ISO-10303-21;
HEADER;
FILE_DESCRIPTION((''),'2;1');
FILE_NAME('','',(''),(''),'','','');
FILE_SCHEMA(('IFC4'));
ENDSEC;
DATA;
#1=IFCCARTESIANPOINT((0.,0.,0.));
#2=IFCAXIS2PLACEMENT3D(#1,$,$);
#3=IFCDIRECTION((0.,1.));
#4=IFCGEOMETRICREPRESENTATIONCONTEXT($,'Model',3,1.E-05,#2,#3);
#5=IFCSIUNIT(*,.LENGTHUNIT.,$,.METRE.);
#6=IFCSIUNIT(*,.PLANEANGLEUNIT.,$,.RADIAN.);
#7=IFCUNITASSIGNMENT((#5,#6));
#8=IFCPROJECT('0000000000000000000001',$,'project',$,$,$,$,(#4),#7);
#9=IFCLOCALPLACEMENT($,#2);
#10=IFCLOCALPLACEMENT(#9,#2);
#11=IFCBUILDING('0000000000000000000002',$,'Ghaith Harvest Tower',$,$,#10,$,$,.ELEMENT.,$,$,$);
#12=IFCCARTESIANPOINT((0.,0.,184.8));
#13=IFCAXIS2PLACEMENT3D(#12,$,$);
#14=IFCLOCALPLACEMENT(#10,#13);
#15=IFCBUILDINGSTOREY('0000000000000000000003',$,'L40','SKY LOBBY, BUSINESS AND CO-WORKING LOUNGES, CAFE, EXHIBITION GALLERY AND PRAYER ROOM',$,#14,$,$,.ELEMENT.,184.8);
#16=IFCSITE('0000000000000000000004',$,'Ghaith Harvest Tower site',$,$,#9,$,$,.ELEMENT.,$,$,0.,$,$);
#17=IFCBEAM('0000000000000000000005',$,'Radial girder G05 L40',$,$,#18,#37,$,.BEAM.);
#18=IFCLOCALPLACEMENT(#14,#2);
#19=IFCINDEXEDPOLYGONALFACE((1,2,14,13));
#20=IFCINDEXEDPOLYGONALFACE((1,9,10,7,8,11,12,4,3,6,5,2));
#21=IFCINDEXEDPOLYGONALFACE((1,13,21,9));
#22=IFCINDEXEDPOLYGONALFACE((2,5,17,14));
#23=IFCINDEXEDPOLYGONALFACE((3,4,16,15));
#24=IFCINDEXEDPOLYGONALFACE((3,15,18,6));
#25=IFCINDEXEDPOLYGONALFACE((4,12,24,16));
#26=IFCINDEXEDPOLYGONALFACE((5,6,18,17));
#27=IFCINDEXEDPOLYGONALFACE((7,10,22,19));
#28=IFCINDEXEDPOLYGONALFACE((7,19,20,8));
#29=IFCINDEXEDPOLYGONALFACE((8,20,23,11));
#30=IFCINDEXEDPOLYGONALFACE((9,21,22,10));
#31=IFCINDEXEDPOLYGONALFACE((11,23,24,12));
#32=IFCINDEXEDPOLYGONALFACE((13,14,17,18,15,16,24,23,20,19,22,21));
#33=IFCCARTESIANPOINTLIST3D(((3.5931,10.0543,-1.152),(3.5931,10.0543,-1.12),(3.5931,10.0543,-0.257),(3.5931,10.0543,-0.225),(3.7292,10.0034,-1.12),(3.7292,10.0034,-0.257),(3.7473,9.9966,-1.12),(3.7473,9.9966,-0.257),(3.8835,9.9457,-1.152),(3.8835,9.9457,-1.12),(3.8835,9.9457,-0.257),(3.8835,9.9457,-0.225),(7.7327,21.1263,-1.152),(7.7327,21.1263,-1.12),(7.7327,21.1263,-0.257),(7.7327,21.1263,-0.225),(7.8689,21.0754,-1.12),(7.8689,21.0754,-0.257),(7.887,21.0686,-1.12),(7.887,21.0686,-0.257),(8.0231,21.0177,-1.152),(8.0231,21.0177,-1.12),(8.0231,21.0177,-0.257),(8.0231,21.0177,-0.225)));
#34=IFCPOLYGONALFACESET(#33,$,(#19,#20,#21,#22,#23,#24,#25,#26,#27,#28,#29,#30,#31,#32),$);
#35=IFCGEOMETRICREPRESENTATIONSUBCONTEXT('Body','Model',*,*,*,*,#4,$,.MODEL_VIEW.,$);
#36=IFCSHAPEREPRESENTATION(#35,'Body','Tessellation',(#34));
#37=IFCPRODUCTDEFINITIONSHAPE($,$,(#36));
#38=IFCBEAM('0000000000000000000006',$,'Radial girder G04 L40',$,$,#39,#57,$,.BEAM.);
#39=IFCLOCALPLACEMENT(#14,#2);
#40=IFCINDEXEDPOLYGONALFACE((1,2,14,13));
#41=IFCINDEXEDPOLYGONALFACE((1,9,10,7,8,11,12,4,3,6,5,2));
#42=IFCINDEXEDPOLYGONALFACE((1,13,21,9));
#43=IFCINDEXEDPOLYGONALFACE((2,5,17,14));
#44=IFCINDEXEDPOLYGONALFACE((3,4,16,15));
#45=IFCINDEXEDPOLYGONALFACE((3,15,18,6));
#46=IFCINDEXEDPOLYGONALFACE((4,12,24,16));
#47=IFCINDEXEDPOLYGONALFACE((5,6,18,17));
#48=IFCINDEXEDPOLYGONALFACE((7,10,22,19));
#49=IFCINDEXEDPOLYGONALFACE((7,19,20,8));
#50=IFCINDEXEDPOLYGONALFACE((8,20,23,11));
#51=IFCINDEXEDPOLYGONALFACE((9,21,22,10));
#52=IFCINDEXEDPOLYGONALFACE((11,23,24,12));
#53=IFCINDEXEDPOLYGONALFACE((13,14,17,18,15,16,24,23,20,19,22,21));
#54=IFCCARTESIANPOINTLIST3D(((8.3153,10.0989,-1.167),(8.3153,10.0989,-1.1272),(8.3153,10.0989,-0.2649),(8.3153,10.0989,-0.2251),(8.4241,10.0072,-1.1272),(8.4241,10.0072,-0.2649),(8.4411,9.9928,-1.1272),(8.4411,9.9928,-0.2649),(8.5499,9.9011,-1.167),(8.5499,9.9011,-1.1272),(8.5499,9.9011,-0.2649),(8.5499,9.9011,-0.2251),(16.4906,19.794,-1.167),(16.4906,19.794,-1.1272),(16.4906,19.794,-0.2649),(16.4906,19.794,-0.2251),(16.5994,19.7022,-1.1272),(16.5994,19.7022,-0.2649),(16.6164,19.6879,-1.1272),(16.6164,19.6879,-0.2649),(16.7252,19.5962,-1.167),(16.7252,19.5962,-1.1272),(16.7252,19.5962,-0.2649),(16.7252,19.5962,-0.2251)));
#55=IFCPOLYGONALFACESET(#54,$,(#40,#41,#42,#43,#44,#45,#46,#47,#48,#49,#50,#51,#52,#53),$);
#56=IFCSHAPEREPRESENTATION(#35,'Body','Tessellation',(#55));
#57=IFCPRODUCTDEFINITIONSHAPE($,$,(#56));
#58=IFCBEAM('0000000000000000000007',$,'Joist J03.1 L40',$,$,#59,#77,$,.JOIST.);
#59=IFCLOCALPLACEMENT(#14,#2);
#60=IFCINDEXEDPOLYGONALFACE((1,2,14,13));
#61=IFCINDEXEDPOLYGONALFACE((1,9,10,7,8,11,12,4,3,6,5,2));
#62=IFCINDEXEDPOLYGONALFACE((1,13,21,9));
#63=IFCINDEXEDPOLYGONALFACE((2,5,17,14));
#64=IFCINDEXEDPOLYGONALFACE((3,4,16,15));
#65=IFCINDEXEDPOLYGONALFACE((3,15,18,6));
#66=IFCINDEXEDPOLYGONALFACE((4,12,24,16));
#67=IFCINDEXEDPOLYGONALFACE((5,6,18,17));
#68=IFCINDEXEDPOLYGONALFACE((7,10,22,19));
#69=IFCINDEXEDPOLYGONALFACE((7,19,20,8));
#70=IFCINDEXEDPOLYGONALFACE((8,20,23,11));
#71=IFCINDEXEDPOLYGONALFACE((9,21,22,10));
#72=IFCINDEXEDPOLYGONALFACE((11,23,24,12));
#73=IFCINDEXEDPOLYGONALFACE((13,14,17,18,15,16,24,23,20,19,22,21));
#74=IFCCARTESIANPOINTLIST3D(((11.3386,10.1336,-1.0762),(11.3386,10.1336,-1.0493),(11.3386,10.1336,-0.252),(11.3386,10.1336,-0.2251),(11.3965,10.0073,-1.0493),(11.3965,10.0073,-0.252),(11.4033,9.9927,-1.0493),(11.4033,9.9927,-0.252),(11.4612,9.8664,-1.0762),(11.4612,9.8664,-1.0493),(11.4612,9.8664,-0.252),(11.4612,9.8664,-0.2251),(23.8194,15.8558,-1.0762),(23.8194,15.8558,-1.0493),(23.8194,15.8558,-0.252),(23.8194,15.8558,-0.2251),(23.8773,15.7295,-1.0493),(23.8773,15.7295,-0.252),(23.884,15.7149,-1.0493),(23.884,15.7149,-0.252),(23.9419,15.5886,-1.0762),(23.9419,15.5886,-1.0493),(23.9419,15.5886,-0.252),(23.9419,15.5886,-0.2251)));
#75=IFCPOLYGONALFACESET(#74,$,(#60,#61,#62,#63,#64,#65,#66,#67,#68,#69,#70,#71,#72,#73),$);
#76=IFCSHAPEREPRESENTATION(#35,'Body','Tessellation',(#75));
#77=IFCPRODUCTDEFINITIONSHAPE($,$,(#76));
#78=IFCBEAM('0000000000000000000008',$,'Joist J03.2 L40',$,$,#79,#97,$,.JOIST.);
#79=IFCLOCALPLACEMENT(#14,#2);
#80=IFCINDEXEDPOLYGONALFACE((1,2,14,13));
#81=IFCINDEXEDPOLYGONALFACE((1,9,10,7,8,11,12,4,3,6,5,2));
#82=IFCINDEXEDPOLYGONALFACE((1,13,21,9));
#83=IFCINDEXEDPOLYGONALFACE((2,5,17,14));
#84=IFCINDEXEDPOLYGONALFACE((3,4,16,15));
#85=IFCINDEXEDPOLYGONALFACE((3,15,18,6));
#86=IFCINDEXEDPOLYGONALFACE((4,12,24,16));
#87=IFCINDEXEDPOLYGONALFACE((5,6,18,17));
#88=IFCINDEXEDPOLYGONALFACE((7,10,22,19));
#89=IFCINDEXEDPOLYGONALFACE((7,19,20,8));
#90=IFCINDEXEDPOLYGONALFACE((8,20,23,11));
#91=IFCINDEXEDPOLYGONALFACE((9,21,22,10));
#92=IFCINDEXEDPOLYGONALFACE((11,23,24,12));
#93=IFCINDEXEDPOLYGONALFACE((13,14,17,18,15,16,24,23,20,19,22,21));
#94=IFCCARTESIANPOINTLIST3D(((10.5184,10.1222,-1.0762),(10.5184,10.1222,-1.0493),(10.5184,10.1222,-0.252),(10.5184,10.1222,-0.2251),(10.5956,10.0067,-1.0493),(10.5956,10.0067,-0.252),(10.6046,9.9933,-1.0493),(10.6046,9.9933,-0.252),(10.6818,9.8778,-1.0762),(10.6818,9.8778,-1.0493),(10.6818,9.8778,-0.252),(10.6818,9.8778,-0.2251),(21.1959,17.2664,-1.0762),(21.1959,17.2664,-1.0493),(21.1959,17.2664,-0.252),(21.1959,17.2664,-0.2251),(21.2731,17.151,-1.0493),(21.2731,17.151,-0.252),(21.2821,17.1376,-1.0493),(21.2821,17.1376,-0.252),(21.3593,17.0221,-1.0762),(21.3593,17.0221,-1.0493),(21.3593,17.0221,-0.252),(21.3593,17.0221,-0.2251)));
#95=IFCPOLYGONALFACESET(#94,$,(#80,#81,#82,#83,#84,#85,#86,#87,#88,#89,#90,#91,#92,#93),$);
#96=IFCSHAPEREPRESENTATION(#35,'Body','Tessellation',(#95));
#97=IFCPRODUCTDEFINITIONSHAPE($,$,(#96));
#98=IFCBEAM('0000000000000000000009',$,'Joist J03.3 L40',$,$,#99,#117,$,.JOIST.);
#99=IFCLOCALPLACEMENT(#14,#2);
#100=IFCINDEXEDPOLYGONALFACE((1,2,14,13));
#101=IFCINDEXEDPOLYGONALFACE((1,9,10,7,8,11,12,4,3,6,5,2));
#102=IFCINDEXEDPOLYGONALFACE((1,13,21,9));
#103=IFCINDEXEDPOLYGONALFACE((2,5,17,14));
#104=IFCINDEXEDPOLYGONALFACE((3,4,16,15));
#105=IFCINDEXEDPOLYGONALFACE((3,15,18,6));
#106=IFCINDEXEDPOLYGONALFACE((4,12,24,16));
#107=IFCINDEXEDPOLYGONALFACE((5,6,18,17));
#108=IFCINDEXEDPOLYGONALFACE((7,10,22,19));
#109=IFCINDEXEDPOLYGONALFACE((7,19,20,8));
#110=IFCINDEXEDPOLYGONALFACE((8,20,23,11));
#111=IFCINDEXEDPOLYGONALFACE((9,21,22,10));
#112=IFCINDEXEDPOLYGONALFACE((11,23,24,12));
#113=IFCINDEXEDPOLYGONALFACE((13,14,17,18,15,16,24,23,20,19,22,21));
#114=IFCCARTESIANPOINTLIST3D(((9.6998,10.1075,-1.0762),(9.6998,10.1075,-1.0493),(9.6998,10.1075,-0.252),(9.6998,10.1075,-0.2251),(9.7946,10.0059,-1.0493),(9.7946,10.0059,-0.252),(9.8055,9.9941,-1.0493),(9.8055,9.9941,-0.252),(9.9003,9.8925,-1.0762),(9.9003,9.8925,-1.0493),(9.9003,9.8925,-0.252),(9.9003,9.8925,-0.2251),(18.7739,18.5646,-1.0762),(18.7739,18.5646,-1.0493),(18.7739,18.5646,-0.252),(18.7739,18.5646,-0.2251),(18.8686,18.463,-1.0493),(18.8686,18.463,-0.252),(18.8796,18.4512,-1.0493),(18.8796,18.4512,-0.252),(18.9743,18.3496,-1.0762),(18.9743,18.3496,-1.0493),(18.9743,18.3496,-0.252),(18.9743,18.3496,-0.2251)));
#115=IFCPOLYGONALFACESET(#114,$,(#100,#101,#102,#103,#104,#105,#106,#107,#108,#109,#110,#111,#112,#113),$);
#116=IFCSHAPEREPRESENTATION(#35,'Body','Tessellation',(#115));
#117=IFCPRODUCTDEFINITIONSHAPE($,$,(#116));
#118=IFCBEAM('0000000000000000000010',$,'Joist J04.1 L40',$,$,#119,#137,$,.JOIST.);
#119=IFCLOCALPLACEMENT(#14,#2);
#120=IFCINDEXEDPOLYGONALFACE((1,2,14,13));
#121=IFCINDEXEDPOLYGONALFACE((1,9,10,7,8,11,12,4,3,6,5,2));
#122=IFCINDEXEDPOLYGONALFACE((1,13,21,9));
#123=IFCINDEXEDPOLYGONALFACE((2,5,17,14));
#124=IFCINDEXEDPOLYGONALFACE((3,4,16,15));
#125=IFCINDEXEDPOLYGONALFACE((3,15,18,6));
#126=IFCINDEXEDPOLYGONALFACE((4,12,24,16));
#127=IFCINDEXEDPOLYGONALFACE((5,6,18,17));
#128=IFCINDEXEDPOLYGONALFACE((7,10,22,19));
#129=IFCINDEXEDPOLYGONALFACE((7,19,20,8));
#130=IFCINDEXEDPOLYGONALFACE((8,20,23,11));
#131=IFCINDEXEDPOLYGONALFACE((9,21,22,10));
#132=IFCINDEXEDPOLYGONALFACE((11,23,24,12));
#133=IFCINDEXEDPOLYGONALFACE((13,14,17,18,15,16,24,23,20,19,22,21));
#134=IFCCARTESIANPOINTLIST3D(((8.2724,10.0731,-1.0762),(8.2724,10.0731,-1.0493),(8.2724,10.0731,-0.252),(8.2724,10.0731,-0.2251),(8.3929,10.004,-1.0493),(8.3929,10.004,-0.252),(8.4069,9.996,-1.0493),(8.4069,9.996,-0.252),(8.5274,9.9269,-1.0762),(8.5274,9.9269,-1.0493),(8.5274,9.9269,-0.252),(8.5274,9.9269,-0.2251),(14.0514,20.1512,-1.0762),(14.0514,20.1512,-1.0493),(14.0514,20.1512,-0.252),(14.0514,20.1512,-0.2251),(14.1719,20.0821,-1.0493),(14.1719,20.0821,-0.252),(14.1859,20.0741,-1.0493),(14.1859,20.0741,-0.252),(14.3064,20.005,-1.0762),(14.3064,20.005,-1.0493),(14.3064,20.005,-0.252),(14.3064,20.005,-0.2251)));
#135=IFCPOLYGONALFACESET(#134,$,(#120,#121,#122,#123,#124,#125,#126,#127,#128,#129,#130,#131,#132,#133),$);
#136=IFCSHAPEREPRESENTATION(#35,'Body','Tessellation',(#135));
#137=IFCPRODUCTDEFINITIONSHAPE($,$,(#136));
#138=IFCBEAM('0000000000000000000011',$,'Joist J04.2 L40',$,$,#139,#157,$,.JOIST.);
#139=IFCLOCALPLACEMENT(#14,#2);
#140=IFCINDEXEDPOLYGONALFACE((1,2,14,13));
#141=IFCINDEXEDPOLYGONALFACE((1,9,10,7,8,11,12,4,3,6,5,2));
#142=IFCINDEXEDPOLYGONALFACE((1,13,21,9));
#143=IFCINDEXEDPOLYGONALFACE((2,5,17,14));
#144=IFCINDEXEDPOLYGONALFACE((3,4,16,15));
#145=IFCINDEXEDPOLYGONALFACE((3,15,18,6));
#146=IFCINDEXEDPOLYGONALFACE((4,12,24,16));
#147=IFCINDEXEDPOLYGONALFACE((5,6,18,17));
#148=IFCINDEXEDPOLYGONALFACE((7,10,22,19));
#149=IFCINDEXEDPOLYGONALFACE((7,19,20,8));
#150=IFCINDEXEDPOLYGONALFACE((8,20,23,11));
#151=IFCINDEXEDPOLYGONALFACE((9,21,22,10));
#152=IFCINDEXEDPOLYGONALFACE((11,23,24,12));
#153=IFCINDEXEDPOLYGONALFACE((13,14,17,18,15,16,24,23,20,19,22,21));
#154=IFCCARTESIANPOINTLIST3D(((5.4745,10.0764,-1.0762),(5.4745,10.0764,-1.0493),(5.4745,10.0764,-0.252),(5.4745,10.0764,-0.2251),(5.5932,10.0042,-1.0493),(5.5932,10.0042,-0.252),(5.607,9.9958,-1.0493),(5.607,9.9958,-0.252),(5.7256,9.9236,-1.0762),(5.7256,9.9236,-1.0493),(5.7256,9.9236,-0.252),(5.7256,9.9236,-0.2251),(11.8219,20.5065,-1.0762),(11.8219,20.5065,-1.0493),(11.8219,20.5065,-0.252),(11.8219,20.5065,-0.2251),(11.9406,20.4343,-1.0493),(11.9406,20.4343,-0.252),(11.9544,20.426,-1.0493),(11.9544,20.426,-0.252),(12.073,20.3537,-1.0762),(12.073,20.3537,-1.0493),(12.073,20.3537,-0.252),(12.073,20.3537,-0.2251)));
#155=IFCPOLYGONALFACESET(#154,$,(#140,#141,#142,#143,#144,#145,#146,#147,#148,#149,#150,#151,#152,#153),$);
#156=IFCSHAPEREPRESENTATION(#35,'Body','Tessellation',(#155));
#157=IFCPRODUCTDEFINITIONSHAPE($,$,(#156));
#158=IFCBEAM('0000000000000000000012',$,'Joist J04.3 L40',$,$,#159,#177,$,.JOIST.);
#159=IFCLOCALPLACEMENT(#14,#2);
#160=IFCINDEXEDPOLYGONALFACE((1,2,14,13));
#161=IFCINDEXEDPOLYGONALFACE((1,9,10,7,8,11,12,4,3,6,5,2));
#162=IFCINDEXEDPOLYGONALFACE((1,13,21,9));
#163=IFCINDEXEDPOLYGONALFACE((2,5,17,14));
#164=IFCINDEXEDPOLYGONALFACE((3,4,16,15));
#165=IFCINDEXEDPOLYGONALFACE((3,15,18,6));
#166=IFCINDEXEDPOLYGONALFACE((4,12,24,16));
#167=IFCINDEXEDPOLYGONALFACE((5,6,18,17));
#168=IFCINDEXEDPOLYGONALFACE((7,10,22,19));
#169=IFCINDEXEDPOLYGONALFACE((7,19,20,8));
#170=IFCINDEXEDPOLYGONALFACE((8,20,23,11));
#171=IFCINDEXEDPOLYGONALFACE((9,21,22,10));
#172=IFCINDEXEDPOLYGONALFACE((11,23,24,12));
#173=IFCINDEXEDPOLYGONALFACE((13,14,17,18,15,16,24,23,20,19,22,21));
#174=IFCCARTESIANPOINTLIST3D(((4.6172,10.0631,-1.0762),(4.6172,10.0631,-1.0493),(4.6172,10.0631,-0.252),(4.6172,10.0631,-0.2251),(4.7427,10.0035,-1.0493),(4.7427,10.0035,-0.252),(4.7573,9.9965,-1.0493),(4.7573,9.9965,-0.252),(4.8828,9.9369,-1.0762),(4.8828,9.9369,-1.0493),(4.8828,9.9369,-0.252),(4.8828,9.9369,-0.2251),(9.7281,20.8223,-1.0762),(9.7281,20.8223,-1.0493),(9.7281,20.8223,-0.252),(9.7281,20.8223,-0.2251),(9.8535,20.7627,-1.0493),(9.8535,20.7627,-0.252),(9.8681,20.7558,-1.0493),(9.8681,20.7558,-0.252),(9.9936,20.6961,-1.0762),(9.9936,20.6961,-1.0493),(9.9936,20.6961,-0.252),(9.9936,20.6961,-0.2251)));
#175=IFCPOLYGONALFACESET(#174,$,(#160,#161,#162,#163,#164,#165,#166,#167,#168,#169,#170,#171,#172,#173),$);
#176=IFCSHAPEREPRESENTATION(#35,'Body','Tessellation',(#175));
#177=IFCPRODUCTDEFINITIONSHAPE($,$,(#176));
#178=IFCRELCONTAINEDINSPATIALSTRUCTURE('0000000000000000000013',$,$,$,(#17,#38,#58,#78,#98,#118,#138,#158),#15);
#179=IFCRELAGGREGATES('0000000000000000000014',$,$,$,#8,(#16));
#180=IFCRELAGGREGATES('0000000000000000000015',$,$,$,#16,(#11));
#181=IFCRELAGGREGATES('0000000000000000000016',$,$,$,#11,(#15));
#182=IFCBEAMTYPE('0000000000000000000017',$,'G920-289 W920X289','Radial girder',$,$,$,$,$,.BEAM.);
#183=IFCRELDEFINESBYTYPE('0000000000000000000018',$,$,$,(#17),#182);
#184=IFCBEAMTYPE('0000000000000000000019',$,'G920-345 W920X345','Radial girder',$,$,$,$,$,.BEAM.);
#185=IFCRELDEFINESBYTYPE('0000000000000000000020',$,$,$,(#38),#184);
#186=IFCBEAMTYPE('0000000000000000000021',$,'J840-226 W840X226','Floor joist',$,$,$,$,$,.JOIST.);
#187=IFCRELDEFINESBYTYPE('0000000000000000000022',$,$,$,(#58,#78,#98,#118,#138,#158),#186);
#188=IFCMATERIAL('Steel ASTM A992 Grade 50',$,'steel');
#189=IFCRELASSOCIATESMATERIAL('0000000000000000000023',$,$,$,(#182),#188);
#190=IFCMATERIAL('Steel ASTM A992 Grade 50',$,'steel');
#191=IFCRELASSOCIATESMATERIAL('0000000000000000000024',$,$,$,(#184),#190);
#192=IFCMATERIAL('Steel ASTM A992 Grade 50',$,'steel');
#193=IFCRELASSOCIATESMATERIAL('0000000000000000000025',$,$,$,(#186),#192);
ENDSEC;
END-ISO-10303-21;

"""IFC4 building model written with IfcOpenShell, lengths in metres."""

from ifc_helpers import new_model, si_unit, direction, frame, origin, origin_2d, place, context, subcontext, project, spatial, i_section, extrude, material, material_profile, profile_set, type_object, element, save


model = new_model("IFC4")

# Units and contexts
model_context = context("Model", 3, precision=1e-05, world=origin(), true_north=direction((0.0, 1.0)))
body_context = subcontext(model_context, "Body", "Model", "MODEL_VIEW")
ifc_project = project(units=[si_unit("LENGTHUNIT", "METRE"), si_unit("PLANEANGLEUNIT", "RADIAN")], contexts=[model_context])

# Site, building, storey
site_placement = place(None, origin())
site = spatial("IfcSite", under=ifc_project, at=site_placement, Name="Ghaith Harvest Tower site", CompositionType="ELEMENT", RefElevation=0.0)
building_placement = place(site_placement, origin())
building = spatial("IfcBuilding", under=site, at=building_placement, Name="Ghaith Harvest Tower", CompositionType="ELEMENT")
storey_placement = place(building_placement, frame((0.0, 0.0, 184.8)))
storey = spatial("IfcBuildingStorey", under=building, at=storey_placement, Name="L40", Description="SKY LOBBY, BUSINESS AND CO-WORKING LOUNGES, CAFE, EXHIBITION GALLERY AND PRAYER ROOM", CompositionType="ELEMENT", Elevation=184.8)

# Beams
ifc_material_1 = material(Name="Steel ASTM A992 Grade 50", Category="steel")
ifc_material_profile_1 = material_profile(ifc_material_1, i_section(OverallWidth=0.3101, OverallDepth=0.927, WebThickness=0.0193, FlangeThickness=0.032, at=origin_2d()), Name="W920X289")
ifc_profile_set_1 = profile_set([ifc_material_profile_1], Name="Steel ASTM A992 Grade 50")
beam_type_1 = type_object("IfcBeamType", Name="G920-289 W920X289", Description="Radial girder", PredefinedType="BEAM", material=ifc_profile_set_1)
beam_1_placement = place(storey_placement, frame((3.7383, 10.0, -0.6885), z_axis=(0.350207, 0.936672, 0.0), x_axis=(-0.936672, 0.350207, 0.0)))
element("IfcBeam", 1, at=beam_1_placement, inside=storey, type_object=beam_type_1, Name="Radial girder G05 L40", PredefinedType="BEAM", context=body_context, shape_type="SweptSolid", body=[
    extrude(i_section(OverallWidth=0.3101, OverallDepth=0.927, WebThickness=0.0193, FlangeThickness=0.032, at=origin_2d()), origin(), (0.0, 0.0, 1.0), 11.8206),
])
ifc_material_2 = material(Name="Steel ASTM A992 Grade 50", Category="steel")
ifc_material_profile_2 = material_profile(ifc_material_2, i_section(OverallWidth=0.3069, OverallDepth=0.9419, WebThickness=0.0222, FlangeThickness=0.0398, at=origin_2d()), Name="W920X345")
ifc_profile_set_2 = profile_set([ifc_material_profile_2], Name="Steel ASTM A992 Grade 50")
beam_type_2 = type_object("IfcBeamType", Name="G920-345 W920X345", Description="Radial girder", PredefinedType="BEAM", material=ifc_profile_set_2)
beam_2_placement = place(storey_placement, frame((8.4326, 10.0, -0.696), z_axis=(0.644644, 0.764483, 0.0), x_axis=(-0.764483, 0.644644, 0.0)))
element("IfcBeam", 2, at=beam_2_placement, inside=storey, type_object=beam_type_2, Name="Radial girder G04 L40", PredefinedType="BEAM", context=body_context, shape_type="SweptSolid", body=[
    extrude(i_section(OverallWidth=0.3069, OverallDepth=0.9419, WebThickness=0.0222, FlangeThickness=0.0398, at=origin_2d()), origin(), (0.0, 0.0, 1.0), 12.6819),
])
ifc_material_3 = material(Name="Steel ASTM A992 Grade 50", Category="steel")
ifc_material_profile_3 = material_profile(ifc_material_3, i_section(OverallWidth=0.2939, OverallDepth=0.8511, WebThickness=0.0161, FlangeThickness=0.0269, at=origin_2d()), Name="W840X226")
ifc_profile_set_3 = profile_set([ifc_material_profile_3], Name="Steel ASTM A992 Grade 50")
beam_type_3 = type_object("IfcBeamType", Name="J840-226 W840X226", Description="Floor joist", PredefinedType="JOIST", material=ifc_profile_set_3)
beam_3_placement = place(storey_placement, frame((11.3999, 10.0, -0.6506), z_axis=(0.909014, 0.416766, 0.0), x_axis=(-0.416766, 0.909014, 0.0)))
element("IfcBeam", 3, at=beam_3_placement, inside=storey, type_object=beam_type_3, Name="Joist J03.1 L40", PredefinedType="JOIST", context=body_context, shape_type="SweptSolid", body=[
    extrude(i_section(OverallWidth=0.2939, OverallDepth=0.8511, WebThickness=0.0161, FlangeThickness=0.0269, at=origin_2d()), origin(), (0.0, 0.0, 1.0), 13.73),
])
beam_4_placement = place(storey_placement, frame((10.6001, 10.0, -0.6506), z_axis=(0.831116, 0.556098, 0.0), x_axis=(-0.556098, 0.831116, 0.0)))
element("IfcBeam", 4, at=beam_4_placement, inside=storey, type_object=beam_type_3, Name="Joist J03.2 L40", PredefinedType="JOIST", context=body_context, shape_type="SweptSolid", body=[
    extrude(i_section(OverallWidth=0.2939, OverallDepth=0.8511, WebThickness=0.0161, FlangeThickness=0.0269, at=origin_2d()), origin(), (0.0, 0.0, 1.0), 12.8472),
])
beam_5_placement = place(storey_placement, frame((9.8, 10.0, -0.6506), z_axis=(0.731538, 0.681801, 0.0), x_axis=(-0.681801, 0.731538, 0.0)))
element("IfcBeam", 5, at=beam_5_placement, inside=storey, type_object=beam_type_3, Name="Joist J03.3 L40", PredefinedType="JOIST", context=body_context, shape_type="SweptSolid", body=[
    extrude(i_section(OverallWidth=0.2939, OverallDepth=0.8511, WebThickness=0.0161, FlangeThickness=0.0269, at=origin_2d()), origin(), (0.0, 0.0, 1.0), 12.4041),
])
beam_6_placement = place(storey_placement, frame((8.3999, 10.0, -0.6506), z_axis=(0.497444, 0.867496, 0.0), x_axis=(-0.867496, 0.497444, 0.0)))
element("IfcBeam", 6, at=beam_6_placement, inside=storey, type_object=beam_type_3, Name="Joist J04.1 L40", PredefinedType="JOIST", context=body_context, shape_type="SweptSolid", body=[
    extrude(i_section(OverallWidth=0.2939, OverallDepth=0.8511, WebThickness=0.0161, FlangeThickness=0.0269, at=origin_2d()), origin(), (0.0, 0.0, 1.0), 11.6174),
])
beam_7_placement = place(storey_placement, frame((5.6001, 10.0, -0.6506), z_axis=(0.519864, 0.854249, 0.0), x_axis=(-0.854249, 0.519864, 0.0)))
element("IfcBeam", 7, at=beam_7_placement, inside=storey, type_object=beam_type_3, Name="Joist J04.2 L40", PredefinedType="JOIST", context=body_context, shape_type="SweptSolid", body=[
    extrude(i_section(OverallWidth=0.2939, OverallDepth=0.8511, WebThickness=0.0161, FlangeThickness=0.0269, at=origin_2d()), origin(), (0.0, 0.0, 1.0), 12.2097),
])
beam_8_placement = place(storey_placement, frame((4.75, 10.0, -0.6506), z_axis=(0.429069, 0.903272, 0.0), x_axis=(-0.903272, 0.429069, 0.0)))
element("IfcBeam", 8, at=beam_8_placement, inside=storey, type_object=beam_type_3, Name="Joist J04.3 L40", PredefinedType="JOIST", context=body_context, shape_type="SweptSolid", body=[
    extrude(i_section(OverallWidth=0.2939, OverallDepth=0.8511, WebThickness=0.0161, FlangeThickness=0.0269, at=origin_2d()), origin(), (0.0, 0.0, 1.0), 11.9114),
])

save(model, "model.ifc")
